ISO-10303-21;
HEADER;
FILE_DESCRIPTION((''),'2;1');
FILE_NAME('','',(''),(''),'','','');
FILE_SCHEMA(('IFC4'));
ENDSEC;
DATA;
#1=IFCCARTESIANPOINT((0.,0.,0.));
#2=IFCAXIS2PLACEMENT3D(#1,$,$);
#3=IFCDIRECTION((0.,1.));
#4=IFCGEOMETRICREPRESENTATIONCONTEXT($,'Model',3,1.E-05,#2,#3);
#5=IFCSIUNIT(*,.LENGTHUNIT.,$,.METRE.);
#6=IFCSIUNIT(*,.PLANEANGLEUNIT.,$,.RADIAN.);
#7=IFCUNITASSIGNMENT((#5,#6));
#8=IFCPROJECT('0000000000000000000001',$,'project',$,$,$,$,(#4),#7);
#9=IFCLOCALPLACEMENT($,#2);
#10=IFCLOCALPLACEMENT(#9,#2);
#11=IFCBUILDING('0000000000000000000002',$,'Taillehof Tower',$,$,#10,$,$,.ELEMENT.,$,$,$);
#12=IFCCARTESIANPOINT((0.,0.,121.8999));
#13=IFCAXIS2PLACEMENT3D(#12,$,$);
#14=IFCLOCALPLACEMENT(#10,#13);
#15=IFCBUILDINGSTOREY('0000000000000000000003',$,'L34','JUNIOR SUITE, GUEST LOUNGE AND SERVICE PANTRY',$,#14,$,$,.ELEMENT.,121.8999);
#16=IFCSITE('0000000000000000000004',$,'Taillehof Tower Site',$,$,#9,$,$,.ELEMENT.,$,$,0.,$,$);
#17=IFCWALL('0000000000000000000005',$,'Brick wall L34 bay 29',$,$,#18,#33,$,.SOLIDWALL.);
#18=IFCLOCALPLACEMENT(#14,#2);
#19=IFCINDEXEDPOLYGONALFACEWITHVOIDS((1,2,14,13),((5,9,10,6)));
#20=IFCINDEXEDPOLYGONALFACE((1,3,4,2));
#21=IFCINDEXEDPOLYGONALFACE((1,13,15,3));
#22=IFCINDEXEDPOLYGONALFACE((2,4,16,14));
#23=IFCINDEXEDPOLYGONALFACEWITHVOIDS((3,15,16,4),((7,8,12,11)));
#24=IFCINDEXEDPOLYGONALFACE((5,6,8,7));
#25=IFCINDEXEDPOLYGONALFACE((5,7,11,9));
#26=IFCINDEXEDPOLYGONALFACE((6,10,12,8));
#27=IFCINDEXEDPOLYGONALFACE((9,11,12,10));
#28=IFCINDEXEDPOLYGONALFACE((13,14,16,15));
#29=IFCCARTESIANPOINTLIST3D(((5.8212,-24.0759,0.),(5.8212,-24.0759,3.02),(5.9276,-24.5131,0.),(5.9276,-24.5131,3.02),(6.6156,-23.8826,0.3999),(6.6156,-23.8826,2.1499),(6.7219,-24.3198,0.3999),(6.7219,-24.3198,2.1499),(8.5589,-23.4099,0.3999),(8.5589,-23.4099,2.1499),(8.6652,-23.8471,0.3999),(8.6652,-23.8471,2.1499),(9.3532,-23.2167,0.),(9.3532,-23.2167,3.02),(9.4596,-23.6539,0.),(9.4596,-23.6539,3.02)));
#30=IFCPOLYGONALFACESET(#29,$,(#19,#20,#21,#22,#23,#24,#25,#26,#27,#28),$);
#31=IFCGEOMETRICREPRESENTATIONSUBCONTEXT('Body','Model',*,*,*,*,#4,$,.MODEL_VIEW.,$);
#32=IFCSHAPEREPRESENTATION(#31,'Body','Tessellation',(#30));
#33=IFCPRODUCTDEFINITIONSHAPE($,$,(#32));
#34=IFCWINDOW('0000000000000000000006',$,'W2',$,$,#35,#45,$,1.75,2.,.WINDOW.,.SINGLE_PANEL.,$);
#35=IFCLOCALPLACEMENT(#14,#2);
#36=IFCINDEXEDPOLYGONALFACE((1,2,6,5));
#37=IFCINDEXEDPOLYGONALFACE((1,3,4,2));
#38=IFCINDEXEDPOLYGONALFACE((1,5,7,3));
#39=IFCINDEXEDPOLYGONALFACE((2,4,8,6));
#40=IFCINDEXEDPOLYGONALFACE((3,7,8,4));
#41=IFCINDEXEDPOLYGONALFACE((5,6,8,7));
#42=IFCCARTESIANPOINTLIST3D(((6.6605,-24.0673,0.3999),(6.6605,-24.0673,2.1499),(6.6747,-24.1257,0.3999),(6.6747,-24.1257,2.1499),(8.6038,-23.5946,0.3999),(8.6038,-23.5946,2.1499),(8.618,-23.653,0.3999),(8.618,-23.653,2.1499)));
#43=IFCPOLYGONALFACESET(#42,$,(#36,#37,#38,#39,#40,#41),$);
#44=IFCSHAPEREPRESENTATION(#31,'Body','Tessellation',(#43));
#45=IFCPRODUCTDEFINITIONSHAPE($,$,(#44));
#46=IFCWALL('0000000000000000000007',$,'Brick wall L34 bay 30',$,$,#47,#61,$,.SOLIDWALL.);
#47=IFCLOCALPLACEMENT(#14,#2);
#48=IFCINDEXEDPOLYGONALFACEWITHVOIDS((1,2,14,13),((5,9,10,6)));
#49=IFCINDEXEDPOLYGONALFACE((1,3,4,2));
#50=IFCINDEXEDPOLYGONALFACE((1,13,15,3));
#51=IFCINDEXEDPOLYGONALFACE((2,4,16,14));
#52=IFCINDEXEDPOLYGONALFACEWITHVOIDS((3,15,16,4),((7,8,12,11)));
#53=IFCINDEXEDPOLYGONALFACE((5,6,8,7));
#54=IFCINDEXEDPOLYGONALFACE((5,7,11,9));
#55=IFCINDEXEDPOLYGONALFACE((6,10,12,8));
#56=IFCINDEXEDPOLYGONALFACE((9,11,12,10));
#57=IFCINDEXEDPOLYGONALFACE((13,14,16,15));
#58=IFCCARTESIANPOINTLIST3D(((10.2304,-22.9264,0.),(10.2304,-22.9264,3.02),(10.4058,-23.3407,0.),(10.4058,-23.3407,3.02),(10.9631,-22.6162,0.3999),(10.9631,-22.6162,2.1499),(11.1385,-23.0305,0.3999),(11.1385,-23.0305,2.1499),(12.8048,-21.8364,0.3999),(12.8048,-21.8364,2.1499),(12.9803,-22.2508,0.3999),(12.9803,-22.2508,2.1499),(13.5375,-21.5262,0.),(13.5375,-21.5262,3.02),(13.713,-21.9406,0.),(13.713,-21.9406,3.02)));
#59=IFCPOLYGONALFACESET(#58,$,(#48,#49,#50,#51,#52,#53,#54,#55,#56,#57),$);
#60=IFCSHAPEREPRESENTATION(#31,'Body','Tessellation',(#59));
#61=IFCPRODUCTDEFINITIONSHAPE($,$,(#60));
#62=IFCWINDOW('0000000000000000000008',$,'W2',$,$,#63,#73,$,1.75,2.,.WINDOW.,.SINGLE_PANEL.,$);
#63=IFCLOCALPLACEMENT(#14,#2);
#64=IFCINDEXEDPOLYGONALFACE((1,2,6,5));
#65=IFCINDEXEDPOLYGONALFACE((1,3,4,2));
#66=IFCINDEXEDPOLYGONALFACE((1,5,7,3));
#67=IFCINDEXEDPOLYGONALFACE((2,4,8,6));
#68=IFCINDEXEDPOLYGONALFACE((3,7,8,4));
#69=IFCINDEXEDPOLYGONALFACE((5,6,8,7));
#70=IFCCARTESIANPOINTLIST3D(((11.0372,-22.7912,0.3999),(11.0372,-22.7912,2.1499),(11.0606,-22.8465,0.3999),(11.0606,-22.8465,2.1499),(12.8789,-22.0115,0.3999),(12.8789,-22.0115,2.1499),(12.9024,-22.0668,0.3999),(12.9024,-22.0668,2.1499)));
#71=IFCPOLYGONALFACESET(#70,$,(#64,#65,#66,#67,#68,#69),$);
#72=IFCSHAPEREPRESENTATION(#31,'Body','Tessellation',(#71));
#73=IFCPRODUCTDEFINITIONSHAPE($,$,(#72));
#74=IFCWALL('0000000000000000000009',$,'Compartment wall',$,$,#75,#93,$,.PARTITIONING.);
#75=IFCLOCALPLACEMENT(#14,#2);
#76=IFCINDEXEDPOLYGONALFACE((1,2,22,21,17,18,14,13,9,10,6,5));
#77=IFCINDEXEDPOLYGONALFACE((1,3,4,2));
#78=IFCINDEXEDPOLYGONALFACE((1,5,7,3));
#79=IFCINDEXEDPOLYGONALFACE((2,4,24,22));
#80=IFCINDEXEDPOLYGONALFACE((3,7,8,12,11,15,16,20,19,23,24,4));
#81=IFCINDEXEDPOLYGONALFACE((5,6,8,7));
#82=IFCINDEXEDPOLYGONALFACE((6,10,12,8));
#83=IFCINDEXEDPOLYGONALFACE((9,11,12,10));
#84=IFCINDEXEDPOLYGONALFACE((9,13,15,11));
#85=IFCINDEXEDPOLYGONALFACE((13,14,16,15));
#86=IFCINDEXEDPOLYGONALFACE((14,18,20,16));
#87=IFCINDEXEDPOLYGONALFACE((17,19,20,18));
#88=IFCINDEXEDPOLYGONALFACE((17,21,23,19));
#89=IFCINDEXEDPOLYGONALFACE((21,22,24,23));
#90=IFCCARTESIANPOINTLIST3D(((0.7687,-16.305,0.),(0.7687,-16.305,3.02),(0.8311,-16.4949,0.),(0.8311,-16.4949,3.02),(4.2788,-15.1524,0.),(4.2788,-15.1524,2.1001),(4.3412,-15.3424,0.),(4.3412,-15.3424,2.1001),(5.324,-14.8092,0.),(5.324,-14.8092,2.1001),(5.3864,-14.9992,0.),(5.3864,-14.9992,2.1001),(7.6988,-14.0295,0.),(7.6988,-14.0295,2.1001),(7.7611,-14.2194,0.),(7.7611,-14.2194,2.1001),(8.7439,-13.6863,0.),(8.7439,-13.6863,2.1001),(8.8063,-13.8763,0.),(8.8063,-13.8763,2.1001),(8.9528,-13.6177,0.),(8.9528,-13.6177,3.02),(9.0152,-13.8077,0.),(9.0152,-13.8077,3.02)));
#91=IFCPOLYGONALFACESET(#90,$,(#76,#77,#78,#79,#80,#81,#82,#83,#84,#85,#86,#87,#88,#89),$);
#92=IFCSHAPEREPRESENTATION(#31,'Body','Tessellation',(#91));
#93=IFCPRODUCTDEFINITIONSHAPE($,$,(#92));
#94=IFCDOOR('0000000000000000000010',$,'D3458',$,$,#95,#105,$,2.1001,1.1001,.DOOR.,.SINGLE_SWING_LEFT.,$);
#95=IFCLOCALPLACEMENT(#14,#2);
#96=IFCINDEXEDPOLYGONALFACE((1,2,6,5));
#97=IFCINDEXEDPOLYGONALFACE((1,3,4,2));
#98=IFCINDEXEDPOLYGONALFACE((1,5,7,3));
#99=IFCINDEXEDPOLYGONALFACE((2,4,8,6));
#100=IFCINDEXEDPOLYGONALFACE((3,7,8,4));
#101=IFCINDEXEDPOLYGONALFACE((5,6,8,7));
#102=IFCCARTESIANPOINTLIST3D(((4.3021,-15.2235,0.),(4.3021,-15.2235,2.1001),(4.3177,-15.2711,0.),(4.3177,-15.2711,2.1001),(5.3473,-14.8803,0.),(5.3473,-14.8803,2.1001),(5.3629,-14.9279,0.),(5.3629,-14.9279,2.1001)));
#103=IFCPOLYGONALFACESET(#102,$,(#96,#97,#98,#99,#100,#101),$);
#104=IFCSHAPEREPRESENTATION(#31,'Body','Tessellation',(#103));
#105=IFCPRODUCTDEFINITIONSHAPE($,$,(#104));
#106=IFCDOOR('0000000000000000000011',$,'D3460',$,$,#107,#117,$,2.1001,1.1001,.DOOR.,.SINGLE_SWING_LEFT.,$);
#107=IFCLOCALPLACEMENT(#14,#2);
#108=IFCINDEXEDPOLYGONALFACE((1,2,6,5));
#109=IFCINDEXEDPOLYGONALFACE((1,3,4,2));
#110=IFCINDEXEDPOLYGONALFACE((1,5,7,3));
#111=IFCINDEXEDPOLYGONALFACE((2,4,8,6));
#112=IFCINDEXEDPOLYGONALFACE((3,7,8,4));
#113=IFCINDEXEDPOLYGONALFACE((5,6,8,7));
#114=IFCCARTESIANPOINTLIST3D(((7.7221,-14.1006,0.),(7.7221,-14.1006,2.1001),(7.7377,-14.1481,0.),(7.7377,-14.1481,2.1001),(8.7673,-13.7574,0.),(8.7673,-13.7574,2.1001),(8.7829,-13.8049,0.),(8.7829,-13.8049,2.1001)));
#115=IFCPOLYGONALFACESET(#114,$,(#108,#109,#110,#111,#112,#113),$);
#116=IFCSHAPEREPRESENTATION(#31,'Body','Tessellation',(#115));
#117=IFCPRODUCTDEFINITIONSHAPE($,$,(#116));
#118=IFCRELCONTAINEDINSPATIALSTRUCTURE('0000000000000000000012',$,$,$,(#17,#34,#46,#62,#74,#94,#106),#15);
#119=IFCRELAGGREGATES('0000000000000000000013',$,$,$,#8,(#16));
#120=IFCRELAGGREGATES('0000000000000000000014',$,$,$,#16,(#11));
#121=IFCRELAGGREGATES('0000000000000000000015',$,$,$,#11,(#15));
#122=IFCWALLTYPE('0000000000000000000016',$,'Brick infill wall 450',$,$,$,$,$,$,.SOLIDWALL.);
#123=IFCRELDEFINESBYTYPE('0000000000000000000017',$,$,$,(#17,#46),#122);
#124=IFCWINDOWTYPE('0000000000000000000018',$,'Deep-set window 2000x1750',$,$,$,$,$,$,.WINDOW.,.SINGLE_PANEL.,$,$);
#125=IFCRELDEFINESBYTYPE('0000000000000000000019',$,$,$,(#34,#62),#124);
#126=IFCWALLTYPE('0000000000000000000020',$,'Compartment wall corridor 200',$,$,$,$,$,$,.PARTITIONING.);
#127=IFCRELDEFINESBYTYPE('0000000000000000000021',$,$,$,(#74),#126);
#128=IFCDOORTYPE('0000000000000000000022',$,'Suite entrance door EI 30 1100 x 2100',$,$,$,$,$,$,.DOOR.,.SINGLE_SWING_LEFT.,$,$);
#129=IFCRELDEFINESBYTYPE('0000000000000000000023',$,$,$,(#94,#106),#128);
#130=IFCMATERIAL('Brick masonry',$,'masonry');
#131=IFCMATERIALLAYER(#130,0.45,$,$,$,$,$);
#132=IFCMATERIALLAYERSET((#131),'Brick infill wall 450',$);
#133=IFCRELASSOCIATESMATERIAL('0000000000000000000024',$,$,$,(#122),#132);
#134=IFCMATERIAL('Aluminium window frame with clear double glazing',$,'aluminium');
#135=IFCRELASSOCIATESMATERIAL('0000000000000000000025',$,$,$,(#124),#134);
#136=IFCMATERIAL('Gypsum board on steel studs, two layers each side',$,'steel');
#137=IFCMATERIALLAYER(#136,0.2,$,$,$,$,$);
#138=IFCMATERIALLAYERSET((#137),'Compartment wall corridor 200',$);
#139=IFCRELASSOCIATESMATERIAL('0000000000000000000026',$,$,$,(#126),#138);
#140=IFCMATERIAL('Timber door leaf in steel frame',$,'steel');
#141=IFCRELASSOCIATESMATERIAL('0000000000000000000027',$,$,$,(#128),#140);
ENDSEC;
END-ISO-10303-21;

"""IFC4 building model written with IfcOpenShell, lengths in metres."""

from ifc_helpers import new_model, si_unit, direction, frame, frame_2d, origin, place, context, subcontext, project, spatial, rectangle, extrude, material, layer, layer_set, type_object, element, fill, save


model = new_model("IFC4")

# Units and contexts
model_context = context("Model", 3, precision=1e-05, world=origin(), true_north=direction((0.0, 1.0)))
body_context = subcontext(model_context, "Body", "Model", "MODEL_VIEW")
ifc_project = project(units=[si_unit("LENGTHUNIT", "METRE"), si_unit("PLANEANGLEUNIT", "RADIAN")], contexts=[model_context])

# Site, building, storey
site_placement = place(None, origin())
site = spatial("IfcSite", under=ifc_project, at=site_placement, Name="Taillehof Tower Site", CompositionType="ELEMENT", RefElevation=0.0)
building_placement = place(site_placement, origin())
building = spatial("IfcBuilding", under=site, at=building_placement, Name="Taillehof Tower", CompositionType="ELEMENT")
storey_placement = place(building_placement, frame((0.0, 0.0, 121.8999)))
storey = spatial("IfcBuildingStorey", under=building, at=storey_placement, Name="L34", Description="JUNIOR SUITE, GUEST LOUNGE AND SERVICE PANTRY", CompositionType="ELEMENT", Elevation=121.8999)

# Walls, openings, windows
ifc_material_1 = material(Name="Brick masonry", Category="masonry")
ifc_layer_1 = layer(ifc_material_1, 0.45)
ifc_layer_set_1 = layer_set([ifc_layer_1], Name="Brick infill wall 450")
wall_type_1 = type_object("IfcWallType", Name="Brick infill wall 450", PredefinedType="SOLIDWALL", material=ifc_layer_set_1)
ifc_material_2 = material(Name="Aluminium window frame with clear double glazing", Category="aluminium")
window_type = type_object("IfcWindowType", Name="Deep-set window 2000x1750", PartitioningType="SINGLE_PANEL", PredefinedType="WINDOW", material=ifc_material_2)
wall_1_placement = place(storey_placement, frame((5.8745, -24.2944, 0.0), z_axis=(0.0, 0.0, 1.0), x_axis=(0.971668, 0.236352, 0.0)))
wall_1 = element("IfcWall", 1, at=wall_1_placement, inside=storey, type_object=wall_type_1, Name="Brick wall L34 bay 29", PredefinedType="SOLIDWALL", context=body_context, shape_type="SweptSolid", body=[
    extrude(rectangle(XDim=3.635, YDim=0.45, at=frame_2d((1.8174, 0.0))), origin(), (0.0, 0.0, 1.0), 3.02),
])
opening_1_placement = place(wall_1_placement, frame((0.8174, 0.0, 0.3999)))
opening_1 = element("IfcOpeningElement", 2, at=opening_1_placement, cuts=wall_1, PredefinedType="OPENING", context=body_context, shape_type="SweptSolid", body=[
    extrude(rectangle(XDim=2.0, YDim=1.75, at=frame_2d((1.0, 0.875))), frame((0.0, 0.2349, 0.0), z_axis=(0.0, -1.0, 0.0), x_axis=(1.0, 0.0, 0.0)), (0.0, 0.0, 1.0), 0.47),
])
window_1_placement = place(opening_1_placement, origin())
window_1 = element("IfcWindow", 3, at=window_1_placement, inside=storey, type_object=window_type, Name="W2", OverallHeight=1.75, OverallWidth=2.0, PartitioningType="SINGLE_PANEL", PredefinedType="WINDOW", context=body_context, shape_type="SweptSolid", body=[
    extrude(rectangle(XDim=2.0, YDim=1.75, at=frame_2d((1.0, 0.875))), frame((0.0, 0.0349, 0.0), z_axis=(0.0, -1.0, 0.0), x_axis=(1.0, 0.0, 0.0)), (0.0, 0.0, 1.0), 0.0601),
])
fill(opening_1, window_1)
wall_2_placement = place(storey_placement, frame((10.3181, -23.1335, 0.0), z_axis=(0.0, 0.0, 1.0), x_axis=(0.92087, 0.389871, 0.0)))
wall_2 = element("IfcWall", 4, at=wall_2_placement, inside=storey, type_object=wall_type_1, Name="Brick wall L34 bay 30", PredefinedType="SOLIDWALL", context=body_context, shape_type="SweptSolid", body=[
    extrude(rectangle(XDim=3.5913, YDim=0.45, at=frame_2d((1.7957, 0.0))), origin(), (0.0, 0.0, 1.0), 3.02),
])
opening_2_placement = place(wall_2_placement, frame((0.7957, 0.0, 0.3999)))
opening_2 = element("IfcOpeningElement", 5, at=opening_2_placement, cuts=wall_2, PredefinedType="OPENING", context=body_context, shape_type="SweptSolid", body=[
    extrude(rectangle(XDim=2.0, YDim=1.75, at=frame_2d((1.0, 0.875))), frame((0.0, 0.2349, 0.0), z_axis=(0.0, -1.0, 0.0), x_axis=(1.0, 0.0, 0.0)), (0.0, 0.0, 1.0), 0.47),
])
window_2_placement = place(opening_2_placement, origin())
window_2 = element("IfcWindow", 6, at=window_2_placement, inside=storey, type_object=window_type, Name="W2", OverallHeight=1.75, OverallWidth=2.0, PartitioningType="SINGLE_PANEL", PredefinedType="WINDOW", context=body_context, shape_type="SweptSolid", body=[
    extrude(rectangle(XDim=2.0, YDim=1.75, at=frame_2d((1.0, 0.875))), frame((0.0, 0.0349, 0.0), z_axis=(0.0, -1.0, 0.0), x_axis=(1.0, 0.0, 0.0)), (0.0, 0.0, 1.0), 0.0601),
])
fill(opening_2, window_2)

# Wall, openings, doors
ifc_material_3 = material(Name="Gypsum board on steel studs, two layers each side", Category="steel")
ifc_layer_2 = layer(ifc_material_3, 0.2)
ifc_layer_set_2 = layer_set([ifc_layer_2], Name="Compartment wall corridor 200")
wall_type_2 = type_object("IfcWallType", Name="Compartment wall corridor 200", PredefinedType="PARTITIONING", material=ifc_layer_set_2)
wall_3_placement = place(storey_placement, frame((8.9841, -13.7126, 0.0), z_axis=(0.0, 0.0, 1.0), x_axis=(-0.950094, -0.311965, 0.0)))
wall_3 = element("IfcWall", 7, at=wall_3_placement, inside=storey, type_object=wall_type_2, Name="Compartment wall", PredefinedType="PARTITIONING", context=body_context, shape_type="SweptSolid", body=[
    extrude(rectangle(XDim=8.614, YDim=0.2, at=frame_2d((4.3071, 0.0))), origin(), (0.0, 0.0, 1.0), 3.02),
])
opening_3_placement = place(wall_3_placement, frame((3.8196, 0.0, 0.0)))
opening_3 = element("IfcOpeningElement", 8, at=opening_3_placement, cuts=wall_3, PredefinedType="OPENING", context=body_context, shape_type="SweptSolid", body=[
    extrude(rectangle(XDim=1.1001, YDim=2.1001, at=frame_2d((0.55, 1.05))), frame((0.0, 0.1099, 0.0), z_axis=(0.0, -1.0, 0.0), x_axis=(1.0, 0.0, 0.0)), (0.0, 0.0, 1.0), 0.22),
])
opening_4_placement = place(wall_3_placement, frame((0.22, 0.0, 0.0)))
opening_4 = element("IfcOpeningElement", 9, at=opening_4_placement, cuts=wall_3, PredefinedType="OPENING", context=body_context, shape_type="SweptSolid", body=[
    extrude(rectangle(XDim=1.1001, YDim=2.1001, at=frame_2d((0.55, 1.05))), frame((0.0, 0.1099, 0.0), z_axis=(0.0, -1.0, 0.0), x_axis=(1.0, 0.0, 0.0)), (0.0, 0.0, 1.0), 0.22),
])
ifc_material_4 = material(Name="Timber door leaf in steel frame", Category="steel")
door_type_1 = type_object("IfcDoorType", Name="Suite entrance door EI 30 1100 x 2100", OperationType="SINGLE_SWING_LEFT", PredefinedType="DOOR", material=ifc_material_4)
door_1_placement = place(opening_3_placement, origin())
door_1 = element("IfcDoor", 10, at=door_1_placement, inside=storey, type_object=door_type_1, Name="D3458", OperationType="SINGLE_SWING_LEFT", OverallHeight=2.1001, OverallWidth=1.1001, PredefinedType="DOOR", context=body_context, shape_type="SweptSolid", body=[
    extrude(rectangle(XDim=1.1001, YDim=2.1001, at=frame_2d((0.55, 1.05))), frame((0.0, 0.0249, 0.0), z_axis=(0.0, -1.0, 0.0), x_axis=(1.0, 0.0, 0.0)), (0.0, 0.0, 1.0), 0.05),
])
fill(opening_3, door_1)
door_2_placement = place(opening_4_placement, origin())
door_2 = element("IfcDoor", 11, at=door_2_placement, inside=storey, type_object=door_type_1, Name="D3460", OperationType="SINGLE_SWING_LEFT", OverallHeight=2.1001, OverallWidth=1.1001, PredefinedType="DOOR", context=body_context, shape_type="SweptSolid", body=[
    extrude(rectangle(XDim=1.1001, YDim=2.1001, at=frame_2d((0.55, 1.05))), frame((0.0, 0.0249, 0.0), z_axis=(0.0, -1.0, 0.0), x_axis=(1.0, 0.0, 0.0)), (0.0, 0.0, 1.0), 0.05),
])
fill(opening_4, door_2)

save(model, "model.ifc")
